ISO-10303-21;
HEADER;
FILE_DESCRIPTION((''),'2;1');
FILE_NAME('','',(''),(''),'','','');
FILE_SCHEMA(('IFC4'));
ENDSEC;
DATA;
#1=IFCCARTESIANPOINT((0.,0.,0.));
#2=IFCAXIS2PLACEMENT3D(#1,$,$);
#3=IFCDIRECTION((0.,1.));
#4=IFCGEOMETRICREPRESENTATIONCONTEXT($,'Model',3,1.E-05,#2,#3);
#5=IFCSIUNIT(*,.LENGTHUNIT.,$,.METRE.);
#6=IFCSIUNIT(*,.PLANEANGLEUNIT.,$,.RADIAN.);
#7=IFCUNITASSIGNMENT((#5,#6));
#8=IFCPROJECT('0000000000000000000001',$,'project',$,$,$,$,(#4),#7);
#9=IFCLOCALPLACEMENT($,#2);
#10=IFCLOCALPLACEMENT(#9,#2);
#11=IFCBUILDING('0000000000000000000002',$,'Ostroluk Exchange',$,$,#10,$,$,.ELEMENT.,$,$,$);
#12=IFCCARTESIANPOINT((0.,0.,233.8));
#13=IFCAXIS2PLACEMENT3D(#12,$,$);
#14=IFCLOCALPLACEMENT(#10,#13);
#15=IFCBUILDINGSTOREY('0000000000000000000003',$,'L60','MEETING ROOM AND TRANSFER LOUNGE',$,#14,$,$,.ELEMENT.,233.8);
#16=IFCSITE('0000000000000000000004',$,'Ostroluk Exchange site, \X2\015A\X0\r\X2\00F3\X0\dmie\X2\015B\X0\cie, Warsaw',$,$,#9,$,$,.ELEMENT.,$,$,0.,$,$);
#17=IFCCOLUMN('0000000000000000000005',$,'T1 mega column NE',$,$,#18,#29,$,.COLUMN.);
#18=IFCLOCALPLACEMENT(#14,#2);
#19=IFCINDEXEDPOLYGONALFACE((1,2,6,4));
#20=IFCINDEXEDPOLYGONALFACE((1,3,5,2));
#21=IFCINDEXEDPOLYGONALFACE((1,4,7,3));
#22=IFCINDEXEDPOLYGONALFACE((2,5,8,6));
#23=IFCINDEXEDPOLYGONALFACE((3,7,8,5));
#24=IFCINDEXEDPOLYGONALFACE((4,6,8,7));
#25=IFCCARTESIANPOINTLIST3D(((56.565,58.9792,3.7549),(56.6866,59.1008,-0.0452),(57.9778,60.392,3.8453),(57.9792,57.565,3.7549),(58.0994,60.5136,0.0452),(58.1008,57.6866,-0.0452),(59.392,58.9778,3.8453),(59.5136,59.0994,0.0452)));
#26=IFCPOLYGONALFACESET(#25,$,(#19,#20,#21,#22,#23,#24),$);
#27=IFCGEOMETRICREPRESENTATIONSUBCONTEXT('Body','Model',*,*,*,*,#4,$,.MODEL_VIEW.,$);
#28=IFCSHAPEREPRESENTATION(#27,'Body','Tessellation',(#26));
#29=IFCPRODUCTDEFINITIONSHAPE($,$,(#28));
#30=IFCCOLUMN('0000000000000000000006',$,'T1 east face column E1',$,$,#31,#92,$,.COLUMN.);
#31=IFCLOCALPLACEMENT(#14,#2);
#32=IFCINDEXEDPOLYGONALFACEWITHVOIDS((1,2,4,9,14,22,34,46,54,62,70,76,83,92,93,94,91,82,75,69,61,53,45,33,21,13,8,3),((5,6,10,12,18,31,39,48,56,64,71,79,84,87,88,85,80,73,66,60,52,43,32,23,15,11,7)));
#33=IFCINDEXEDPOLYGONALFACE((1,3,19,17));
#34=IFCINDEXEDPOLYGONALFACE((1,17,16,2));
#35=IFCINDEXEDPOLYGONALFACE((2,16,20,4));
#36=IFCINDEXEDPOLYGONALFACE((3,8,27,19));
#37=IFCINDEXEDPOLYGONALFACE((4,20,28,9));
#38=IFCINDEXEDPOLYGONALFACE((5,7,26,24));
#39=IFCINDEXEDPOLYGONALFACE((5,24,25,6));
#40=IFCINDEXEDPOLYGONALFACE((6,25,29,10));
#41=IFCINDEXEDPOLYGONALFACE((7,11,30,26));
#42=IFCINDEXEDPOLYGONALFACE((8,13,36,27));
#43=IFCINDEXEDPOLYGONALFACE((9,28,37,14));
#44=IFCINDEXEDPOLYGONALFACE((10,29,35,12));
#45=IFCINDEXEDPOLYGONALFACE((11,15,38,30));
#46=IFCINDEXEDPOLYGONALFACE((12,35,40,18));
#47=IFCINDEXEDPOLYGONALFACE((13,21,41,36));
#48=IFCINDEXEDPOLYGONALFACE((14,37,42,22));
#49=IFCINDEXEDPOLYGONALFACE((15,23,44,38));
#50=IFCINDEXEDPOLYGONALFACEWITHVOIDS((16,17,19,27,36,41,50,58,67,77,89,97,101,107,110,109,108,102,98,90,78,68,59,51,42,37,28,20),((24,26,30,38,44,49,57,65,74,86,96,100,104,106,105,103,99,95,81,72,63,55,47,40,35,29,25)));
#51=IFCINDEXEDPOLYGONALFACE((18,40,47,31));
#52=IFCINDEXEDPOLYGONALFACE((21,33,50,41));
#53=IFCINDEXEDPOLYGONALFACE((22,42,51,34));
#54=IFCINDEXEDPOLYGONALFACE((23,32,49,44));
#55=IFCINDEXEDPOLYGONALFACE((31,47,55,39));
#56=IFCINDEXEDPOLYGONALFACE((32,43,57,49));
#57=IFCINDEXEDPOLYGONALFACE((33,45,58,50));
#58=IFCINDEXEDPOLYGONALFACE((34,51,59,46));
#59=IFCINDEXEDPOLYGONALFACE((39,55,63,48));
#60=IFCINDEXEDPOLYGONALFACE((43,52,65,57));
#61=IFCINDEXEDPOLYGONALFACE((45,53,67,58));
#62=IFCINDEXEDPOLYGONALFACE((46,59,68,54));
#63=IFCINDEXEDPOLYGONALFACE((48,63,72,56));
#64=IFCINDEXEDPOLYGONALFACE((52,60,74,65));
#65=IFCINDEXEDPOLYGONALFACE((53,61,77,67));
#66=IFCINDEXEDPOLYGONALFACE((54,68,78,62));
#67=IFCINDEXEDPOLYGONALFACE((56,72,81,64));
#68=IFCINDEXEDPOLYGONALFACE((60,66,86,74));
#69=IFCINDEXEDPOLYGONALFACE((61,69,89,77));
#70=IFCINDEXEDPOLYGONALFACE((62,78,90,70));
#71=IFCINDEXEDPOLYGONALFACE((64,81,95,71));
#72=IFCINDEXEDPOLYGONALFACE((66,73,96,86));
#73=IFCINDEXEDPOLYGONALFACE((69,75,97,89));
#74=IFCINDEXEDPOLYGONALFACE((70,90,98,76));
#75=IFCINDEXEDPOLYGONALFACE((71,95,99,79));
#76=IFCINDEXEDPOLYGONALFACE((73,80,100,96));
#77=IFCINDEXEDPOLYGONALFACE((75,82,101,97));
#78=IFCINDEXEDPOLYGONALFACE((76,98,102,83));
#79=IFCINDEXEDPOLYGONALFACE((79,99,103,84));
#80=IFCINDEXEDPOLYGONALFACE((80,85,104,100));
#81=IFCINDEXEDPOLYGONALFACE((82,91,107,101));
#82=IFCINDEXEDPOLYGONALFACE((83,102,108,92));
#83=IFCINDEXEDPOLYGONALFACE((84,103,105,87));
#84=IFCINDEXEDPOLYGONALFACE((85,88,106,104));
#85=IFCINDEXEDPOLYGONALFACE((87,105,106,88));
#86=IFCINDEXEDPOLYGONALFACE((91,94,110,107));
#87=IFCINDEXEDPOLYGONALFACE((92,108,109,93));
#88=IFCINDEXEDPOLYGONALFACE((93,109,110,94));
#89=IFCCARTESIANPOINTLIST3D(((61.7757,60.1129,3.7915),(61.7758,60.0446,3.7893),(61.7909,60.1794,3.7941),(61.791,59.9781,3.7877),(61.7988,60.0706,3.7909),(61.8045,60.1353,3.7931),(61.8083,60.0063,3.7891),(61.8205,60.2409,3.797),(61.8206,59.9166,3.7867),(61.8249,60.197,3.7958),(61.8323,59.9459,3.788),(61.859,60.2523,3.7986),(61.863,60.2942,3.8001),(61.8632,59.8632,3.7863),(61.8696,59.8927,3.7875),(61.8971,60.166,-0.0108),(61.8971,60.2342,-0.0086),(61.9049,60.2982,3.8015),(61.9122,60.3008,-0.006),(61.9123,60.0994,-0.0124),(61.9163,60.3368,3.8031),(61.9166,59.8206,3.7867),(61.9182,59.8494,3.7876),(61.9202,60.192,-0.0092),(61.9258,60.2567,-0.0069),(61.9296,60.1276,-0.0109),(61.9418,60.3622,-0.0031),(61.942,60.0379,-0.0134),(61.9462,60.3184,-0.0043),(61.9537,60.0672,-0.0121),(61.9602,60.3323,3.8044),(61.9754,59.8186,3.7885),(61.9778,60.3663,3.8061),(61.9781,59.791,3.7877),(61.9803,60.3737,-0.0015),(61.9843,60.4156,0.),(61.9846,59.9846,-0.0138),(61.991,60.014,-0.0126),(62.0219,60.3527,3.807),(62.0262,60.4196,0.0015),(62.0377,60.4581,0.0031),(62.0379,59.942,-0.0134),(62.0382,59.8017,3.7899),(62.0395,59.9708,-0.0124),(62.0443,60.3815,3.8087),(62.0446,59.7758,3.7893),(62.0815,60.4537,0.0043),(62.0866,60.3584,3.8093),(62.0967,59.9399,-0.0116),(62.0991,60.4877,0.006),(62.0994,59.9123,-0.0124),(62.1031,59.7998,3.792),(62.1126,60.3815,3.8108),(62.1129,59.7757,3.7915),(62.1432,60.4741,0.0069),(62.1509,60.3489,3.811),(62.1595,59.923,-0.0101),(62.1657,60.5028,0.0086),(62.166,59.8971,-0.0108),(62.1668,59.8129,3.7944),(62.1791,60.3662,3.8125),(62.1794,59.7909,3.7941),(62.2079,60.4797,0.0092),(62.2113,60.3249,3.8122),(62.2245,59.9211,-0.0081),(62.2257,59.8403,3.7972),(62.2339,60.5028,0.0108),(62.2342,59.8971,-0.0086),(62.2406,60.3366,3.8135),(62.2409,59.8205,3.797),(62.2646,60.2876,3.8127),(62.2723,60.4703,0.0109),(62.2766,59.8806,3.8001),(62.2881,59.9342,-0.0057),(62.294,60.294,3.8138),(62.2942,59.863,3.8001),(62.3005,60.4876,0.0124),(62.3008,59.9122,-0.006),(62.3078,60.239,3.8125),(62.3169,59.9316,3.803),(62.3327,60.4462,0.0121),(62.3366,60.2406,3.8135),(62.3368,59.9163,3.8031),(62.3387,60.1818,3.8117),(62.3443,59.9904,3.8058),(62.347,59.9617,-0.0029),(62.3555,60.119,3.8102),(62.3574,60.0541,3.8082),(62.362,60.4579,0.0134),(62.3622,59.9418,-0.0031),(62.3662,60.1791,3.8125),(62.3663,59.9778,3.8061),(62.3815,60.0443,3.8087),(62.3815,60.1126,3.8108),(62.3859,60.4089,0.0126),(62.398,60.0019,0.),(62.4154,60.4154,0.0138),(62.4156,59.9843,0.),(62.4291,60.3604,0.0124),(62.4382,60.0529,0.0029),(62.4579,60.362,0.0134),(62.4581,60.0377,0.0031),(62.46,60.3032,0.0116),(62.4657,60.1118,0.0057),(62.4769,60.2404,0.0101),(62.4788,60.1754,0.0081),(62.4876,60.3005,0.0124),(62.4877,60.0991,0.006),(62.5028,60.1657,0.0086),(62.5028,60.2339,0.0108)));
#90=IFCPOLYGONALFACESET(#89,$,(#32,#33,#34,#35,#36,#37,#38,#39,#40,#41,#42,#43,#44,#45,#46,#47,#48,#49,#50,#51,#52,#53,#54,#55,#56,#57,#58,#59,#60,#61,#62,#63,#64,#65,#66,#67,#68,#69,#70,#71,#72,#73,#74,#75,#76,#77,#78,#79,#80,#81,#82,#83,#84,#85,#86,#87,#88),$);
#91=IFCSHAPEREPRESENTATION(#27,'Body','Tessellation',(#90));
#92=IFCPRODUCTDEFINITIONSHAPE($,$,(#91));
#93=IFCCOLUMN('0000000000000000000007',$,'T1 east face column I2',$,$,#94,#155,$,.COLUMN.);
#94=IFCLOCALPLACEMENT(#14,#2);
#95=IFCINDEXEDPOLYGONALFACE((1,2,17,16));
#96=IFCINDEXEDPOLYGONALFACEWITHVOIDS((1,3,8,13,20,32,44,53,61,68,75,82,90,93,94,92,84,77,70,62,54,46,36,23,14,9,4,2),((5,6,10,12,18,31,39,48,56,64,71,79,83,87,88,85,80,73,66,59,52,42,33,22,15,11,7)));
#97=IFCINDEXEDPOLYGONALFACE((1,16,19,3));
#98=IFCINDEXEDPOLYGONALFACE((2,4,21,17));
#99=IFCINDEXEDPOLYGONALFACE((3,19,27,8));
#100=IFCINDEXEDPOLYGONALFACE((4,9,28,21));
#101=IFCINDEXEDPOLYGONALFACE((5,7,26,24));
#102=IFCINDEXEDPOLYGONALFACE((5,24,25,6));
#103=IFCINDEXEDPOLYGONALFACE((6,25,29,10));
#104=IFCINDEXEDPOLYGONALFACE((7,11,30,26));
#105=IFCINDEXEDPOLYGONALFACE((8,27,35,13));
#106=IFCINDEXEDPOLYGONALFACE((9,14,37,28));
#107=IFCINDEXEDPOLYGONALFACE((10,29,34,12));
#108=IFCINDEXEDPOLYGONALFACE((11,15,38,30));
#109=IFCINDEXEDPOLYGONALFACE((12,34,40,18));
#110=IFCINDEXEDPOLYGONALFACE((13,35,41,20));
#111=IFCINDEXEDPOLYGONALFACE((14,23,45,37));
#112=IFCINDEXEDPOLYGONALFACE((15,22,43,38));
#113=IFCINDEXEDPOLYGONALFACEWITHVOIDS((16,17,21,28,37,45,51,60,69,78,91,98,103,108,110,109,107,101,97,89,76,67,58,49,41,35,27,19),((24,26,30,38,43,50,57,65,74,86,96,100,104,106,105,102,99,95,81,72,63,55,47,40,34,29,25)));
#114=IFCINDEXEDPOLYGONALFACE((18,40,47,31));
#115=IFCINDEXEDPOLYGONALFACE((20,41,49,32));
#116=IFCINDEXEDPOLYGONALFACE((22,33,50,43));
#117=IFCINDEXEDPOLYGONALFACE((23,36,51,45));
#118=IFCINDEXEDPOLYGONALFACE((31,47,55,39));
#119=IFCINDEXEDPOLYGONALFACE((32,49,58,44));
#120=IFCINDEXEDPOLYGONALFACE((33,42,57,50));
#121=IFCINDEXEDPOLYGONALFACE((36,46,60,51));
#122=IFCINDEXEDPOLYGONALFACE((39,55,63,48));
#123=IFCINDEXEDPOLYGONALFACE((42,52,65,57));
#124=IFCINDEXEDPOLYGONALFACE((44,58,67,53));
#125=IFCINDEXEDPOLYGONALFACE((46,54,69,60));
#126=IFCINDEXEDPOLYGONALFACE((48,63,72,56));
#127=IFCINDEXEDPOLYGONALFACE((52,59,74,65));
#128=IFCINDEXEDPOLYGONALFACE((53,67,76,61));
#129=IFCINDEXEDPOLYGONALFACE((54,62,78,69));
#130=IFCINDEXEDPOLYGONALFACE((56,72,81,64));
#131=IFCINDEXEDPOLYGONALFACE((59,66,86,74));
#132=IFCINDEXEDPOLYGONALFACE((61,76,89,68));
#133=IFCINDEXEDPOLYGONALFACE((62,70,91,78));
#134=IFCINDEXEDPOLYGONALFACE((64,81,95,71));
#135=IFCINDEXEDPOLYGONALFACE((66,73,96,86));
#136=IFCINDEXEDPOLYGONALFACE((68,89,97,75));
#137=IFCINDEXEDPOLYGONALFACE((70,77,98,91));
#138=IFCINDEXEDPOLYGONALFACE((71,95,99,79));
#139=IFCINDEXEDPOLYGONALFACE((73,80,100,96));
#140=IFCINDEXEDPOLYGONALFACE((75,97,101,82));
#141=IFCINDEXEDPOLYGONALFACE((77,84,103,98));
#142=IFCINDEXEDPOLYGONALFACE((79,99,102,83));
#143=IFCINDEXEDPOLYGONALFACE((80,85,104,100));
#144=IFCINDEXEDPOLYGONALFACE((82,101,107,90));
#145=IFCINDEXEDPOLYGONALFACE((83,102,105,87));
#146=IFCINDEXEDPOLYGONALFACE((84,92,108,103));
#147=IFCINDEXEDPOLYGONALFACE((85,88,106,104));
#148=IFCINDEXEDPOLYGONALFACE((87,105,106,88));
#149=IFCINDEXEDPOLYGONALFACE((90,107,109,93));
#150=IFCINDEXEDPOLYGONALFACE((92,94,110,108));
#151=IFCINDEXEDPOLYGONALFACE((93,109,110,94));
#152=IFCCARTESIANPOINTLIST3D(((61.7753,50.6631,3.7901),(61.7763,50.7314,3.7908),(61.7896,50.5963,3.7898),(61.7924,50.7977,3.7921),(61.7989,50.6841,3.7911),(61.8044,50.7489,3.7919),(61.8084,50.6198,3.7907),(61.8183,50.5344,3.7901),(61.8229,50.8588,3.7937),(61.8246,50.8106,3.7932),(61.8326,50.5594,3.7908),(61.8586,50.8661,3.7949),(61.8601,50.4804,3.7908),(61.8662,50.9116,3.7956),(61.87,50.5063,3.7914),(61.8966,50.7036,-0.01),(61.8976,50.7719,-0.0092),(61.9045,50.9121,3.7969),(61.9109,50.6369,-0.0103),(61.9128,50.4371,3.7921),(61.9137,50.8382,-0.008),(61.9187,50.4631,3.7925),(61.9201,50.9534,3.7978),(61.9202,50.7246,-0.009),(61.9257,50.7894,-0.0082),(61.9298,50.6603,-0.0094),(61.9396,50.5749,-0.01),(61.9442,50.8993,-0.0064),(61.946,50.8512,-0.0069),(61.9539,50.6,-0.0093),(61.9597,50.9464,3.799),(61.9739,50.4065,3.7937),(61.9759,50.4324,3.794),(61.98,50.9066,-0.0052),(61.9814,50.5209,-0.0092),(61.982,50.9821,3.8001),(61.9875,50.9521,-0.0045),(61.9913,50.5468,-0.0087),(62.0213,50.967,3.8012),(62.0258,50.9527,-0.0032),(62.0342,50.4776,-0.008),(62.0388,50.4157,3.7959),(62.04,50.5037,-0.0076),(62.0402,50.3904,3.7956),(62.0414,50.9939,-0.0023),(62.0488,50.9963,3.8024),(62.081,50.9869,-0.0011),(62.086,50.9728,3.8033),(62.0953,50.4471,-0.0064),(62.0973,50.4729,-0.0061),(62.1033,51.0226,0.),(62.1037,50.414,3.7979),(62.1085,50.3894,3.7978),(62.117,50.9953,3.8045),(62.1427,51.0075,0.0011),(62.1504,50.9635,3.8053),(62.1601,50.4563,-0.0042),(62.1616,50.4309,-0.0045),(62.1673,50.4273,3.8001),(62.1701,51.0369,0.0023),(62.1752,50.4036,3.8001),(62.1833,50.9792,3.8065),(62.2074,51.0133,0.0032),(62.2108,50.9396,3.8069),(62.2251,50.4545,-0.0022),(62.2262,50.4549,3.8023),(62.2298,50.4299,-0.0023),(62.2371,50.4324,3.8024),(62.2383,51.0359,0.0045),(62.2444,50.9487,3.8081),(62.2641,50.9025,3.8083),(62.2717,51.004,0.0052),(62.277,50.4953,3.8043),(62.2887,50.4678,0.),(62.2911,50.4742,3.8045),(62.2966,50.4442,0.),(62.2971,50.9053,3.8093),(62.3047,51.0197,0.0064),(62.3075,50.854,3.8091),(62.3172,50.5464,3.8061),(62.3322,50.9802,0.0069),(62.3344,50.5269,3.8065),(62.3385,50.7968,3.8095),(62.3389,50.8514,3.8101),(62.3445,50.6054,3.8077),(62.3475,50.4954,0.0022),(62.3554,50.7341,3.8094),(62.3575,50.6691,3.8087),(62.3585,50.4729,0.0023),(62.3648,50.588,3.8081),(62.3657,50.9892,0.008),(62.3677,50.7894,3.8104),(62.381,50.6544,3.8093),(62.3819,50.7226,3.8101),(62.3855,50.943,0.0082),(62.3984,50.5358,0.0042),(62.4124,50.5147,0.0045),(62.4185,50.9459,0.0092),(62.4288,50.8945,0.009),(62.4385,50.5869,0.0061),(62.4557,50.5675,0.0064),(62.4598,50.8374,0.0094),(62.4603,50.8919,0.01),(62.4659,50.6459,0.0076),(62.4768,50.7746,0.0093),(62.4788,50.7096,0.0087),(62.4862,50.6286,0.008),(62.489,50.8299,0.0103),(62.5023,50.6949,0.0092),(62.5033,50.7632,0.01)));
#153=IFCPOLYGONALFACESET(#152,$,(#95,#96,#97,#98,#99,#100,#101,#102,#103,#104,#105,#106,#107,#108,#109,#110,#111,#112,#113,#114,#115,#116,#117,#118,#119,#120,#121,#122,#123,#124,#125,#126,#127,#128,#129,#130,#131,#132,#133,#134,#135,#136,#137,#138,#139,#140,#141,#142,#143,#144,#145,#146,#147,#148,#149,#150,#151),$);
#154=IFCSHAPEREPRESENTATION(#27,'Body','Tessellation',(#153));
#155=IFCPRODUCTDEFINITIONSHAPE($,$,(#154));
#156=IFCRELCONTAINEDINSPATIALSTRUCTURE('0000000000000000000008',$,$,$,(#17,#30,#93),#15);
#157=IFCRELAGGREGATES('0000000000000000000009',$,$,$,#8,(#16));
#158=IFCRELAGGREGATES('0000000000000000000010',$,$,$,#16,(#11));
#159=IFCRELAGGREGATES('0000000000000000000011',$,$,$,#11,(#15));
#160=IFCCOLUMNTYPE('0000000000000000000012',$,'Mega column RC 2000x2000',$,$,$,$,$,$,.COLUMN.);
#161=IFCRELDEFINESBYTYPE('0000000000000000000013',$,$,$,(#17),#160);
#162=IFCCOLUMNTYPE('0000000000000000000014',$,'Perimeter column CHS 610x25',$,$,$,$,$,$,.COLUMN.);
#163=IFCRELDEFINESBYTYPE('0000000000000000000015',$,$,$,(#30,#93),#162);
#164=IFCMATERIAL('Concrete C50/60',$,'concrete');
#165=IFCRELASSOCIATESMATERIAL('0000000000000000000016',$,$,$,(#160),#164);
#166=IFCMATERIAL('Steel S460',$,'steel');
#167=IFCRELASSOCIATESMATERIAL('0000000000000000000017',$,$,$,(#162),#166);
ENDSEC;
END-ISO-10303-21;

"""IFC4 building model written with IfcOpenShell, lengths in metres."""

from ifc_helpers import new_model, si_unit, direction, frame, origin, origin_2d, place, context, subcontext, project, spatial, rectangle, hollow_circle, extrude, material, material_profile, profile_set, type_object, element, save


model = new_model("IFC4")

# Units and contexts
model_context = context("Model", 3, precision=1e-05, world=origin(), true_north=direction((0.0, 1.0)))
body_context = subcontext(model_context, "Body", "Model", "MODEL_VIEW")
ifc_project = project(units=[si_unit("LENGTHUNIT", "METRE"), si_unit("PLANEANGLEUNIT", "RADIAN")], contexts=[model_context])

# Site, building, storey
site_placement = place(None, origin())
site = spatial("IfcSite", under=ifc_project, at=site_placement, Name="Ostroluk Exchange site, Śródmieście, Warsaw", CompositionType="ELEMENT", RefElevation=0.0)
building_placement = place(site_placement, origin())
building = spatial("IfcBuilding", under=site, at=building_placement, Name="Ostroluk Exchange", CompositionType="ELEMENT")
storey_placement = place(building_placement, frame((0.0, 0.0, 233.8)))
storey = spatial("IfcBuildingStorey", under=building, at=storey_placement, Name="L60", Description="MEETING ROOM AND TRANSFER LOUNGE", CompositionType="ELEMENT", Elevation=233.8)

# Columns
ifc_material_1 = material(Name="Concrete C50/60", Category="concrete")
ifc_material_profile_1 = material_profile(ifc_material_1, rectangle(XDim=2.0, YDim=2.0, at=origin_2d()), Name="RC 2000x2000")
ifc_profile_set_1 = profile_set([ifc_material_profile_1], Name="Concrete C50/60")
column_type_1 = type_object("IfcColumnType", Name="Mega column RC 2000x2000", PredefinedType="COLUMN", material=ifc_profile_set_1)
column_1_placement = place(storey_placement, frame((58.1001, 59.1001, 0.0), z_axis=(-0.031962, -0.031962, 0.998978), x_axis=(0.707107, -0.707107, 0.0)))
element("IfcColumn", 1, at=column_1_placement, inside=storey, type_object=column_type_1, Name="T1 mega column NE", PredefinedType="COLUMN", context=body_context, shape_type="SweptSolid", body=[
    extrude(rectangle(XDim=2.0, YDim=2.0, at=origin_2d()), origin(), (0.0, 0.0, 1.0), 3.804),
])
ifc_material_2 = material(Name="Steel S460", Category="steel")
ifc_material_profile_2 = material_profile(ifc_material_2, hollow_circle(Radius=0.3049, WallThickness=0.0249, at=origin_2d()), Name="CHS 610x25")
ifc_profile_set_2 = profile_set([ifc_material_profile_2], Name="Steel S460")
column_type_2 = type_object("IfcColumnType", Name="Perimeter column CHS 610x25", PredefinedType="COLUMN", material=ifc_profile_set_2)
column_2_placement = place(storey_placement, frame((62.2, 60.2, 0.0), z_axis=(-0.031898, -0.031898, 0.998982), x_axis=(0.707107, -0.707107, 0.0)))
element("IfcColumn", 2, at=column_2_placement, inside=storey, type_object=column_type_2, Name="T1 east face column E1", PredefinedType="COLUMN", context=body_context, shape_type="SweptSolid", body=[
    extrude(hollow_circle(Radius=0.3049, WallThickness=0.0249, at=origin_2d()), origin(), (0.0, 0.0, 1.0), 3.804),
])
column_3_placement = place(storey_placement, frame((62.2, 50.7334, 0.0), z_axis=(-0.031913, -0.010659, 0.999434), x_axis=(0.3168, -0.948492, 0.0)))
element("IfcColumn", 3, at=column_3_placement, inside=storey, type_object=column_type_2, Name="T1 east face column I2", PredefinedType="COLUMN", context=body_context, shape_type="SweptSolid", body=[
    extrude(hollow_circle(Radius=0.3049, WallThickness=0.0249, at=origin_2d()), origin(), (0.0, 0.0, 1.0), 3.8022),
])

save(model, "model.ifc")
